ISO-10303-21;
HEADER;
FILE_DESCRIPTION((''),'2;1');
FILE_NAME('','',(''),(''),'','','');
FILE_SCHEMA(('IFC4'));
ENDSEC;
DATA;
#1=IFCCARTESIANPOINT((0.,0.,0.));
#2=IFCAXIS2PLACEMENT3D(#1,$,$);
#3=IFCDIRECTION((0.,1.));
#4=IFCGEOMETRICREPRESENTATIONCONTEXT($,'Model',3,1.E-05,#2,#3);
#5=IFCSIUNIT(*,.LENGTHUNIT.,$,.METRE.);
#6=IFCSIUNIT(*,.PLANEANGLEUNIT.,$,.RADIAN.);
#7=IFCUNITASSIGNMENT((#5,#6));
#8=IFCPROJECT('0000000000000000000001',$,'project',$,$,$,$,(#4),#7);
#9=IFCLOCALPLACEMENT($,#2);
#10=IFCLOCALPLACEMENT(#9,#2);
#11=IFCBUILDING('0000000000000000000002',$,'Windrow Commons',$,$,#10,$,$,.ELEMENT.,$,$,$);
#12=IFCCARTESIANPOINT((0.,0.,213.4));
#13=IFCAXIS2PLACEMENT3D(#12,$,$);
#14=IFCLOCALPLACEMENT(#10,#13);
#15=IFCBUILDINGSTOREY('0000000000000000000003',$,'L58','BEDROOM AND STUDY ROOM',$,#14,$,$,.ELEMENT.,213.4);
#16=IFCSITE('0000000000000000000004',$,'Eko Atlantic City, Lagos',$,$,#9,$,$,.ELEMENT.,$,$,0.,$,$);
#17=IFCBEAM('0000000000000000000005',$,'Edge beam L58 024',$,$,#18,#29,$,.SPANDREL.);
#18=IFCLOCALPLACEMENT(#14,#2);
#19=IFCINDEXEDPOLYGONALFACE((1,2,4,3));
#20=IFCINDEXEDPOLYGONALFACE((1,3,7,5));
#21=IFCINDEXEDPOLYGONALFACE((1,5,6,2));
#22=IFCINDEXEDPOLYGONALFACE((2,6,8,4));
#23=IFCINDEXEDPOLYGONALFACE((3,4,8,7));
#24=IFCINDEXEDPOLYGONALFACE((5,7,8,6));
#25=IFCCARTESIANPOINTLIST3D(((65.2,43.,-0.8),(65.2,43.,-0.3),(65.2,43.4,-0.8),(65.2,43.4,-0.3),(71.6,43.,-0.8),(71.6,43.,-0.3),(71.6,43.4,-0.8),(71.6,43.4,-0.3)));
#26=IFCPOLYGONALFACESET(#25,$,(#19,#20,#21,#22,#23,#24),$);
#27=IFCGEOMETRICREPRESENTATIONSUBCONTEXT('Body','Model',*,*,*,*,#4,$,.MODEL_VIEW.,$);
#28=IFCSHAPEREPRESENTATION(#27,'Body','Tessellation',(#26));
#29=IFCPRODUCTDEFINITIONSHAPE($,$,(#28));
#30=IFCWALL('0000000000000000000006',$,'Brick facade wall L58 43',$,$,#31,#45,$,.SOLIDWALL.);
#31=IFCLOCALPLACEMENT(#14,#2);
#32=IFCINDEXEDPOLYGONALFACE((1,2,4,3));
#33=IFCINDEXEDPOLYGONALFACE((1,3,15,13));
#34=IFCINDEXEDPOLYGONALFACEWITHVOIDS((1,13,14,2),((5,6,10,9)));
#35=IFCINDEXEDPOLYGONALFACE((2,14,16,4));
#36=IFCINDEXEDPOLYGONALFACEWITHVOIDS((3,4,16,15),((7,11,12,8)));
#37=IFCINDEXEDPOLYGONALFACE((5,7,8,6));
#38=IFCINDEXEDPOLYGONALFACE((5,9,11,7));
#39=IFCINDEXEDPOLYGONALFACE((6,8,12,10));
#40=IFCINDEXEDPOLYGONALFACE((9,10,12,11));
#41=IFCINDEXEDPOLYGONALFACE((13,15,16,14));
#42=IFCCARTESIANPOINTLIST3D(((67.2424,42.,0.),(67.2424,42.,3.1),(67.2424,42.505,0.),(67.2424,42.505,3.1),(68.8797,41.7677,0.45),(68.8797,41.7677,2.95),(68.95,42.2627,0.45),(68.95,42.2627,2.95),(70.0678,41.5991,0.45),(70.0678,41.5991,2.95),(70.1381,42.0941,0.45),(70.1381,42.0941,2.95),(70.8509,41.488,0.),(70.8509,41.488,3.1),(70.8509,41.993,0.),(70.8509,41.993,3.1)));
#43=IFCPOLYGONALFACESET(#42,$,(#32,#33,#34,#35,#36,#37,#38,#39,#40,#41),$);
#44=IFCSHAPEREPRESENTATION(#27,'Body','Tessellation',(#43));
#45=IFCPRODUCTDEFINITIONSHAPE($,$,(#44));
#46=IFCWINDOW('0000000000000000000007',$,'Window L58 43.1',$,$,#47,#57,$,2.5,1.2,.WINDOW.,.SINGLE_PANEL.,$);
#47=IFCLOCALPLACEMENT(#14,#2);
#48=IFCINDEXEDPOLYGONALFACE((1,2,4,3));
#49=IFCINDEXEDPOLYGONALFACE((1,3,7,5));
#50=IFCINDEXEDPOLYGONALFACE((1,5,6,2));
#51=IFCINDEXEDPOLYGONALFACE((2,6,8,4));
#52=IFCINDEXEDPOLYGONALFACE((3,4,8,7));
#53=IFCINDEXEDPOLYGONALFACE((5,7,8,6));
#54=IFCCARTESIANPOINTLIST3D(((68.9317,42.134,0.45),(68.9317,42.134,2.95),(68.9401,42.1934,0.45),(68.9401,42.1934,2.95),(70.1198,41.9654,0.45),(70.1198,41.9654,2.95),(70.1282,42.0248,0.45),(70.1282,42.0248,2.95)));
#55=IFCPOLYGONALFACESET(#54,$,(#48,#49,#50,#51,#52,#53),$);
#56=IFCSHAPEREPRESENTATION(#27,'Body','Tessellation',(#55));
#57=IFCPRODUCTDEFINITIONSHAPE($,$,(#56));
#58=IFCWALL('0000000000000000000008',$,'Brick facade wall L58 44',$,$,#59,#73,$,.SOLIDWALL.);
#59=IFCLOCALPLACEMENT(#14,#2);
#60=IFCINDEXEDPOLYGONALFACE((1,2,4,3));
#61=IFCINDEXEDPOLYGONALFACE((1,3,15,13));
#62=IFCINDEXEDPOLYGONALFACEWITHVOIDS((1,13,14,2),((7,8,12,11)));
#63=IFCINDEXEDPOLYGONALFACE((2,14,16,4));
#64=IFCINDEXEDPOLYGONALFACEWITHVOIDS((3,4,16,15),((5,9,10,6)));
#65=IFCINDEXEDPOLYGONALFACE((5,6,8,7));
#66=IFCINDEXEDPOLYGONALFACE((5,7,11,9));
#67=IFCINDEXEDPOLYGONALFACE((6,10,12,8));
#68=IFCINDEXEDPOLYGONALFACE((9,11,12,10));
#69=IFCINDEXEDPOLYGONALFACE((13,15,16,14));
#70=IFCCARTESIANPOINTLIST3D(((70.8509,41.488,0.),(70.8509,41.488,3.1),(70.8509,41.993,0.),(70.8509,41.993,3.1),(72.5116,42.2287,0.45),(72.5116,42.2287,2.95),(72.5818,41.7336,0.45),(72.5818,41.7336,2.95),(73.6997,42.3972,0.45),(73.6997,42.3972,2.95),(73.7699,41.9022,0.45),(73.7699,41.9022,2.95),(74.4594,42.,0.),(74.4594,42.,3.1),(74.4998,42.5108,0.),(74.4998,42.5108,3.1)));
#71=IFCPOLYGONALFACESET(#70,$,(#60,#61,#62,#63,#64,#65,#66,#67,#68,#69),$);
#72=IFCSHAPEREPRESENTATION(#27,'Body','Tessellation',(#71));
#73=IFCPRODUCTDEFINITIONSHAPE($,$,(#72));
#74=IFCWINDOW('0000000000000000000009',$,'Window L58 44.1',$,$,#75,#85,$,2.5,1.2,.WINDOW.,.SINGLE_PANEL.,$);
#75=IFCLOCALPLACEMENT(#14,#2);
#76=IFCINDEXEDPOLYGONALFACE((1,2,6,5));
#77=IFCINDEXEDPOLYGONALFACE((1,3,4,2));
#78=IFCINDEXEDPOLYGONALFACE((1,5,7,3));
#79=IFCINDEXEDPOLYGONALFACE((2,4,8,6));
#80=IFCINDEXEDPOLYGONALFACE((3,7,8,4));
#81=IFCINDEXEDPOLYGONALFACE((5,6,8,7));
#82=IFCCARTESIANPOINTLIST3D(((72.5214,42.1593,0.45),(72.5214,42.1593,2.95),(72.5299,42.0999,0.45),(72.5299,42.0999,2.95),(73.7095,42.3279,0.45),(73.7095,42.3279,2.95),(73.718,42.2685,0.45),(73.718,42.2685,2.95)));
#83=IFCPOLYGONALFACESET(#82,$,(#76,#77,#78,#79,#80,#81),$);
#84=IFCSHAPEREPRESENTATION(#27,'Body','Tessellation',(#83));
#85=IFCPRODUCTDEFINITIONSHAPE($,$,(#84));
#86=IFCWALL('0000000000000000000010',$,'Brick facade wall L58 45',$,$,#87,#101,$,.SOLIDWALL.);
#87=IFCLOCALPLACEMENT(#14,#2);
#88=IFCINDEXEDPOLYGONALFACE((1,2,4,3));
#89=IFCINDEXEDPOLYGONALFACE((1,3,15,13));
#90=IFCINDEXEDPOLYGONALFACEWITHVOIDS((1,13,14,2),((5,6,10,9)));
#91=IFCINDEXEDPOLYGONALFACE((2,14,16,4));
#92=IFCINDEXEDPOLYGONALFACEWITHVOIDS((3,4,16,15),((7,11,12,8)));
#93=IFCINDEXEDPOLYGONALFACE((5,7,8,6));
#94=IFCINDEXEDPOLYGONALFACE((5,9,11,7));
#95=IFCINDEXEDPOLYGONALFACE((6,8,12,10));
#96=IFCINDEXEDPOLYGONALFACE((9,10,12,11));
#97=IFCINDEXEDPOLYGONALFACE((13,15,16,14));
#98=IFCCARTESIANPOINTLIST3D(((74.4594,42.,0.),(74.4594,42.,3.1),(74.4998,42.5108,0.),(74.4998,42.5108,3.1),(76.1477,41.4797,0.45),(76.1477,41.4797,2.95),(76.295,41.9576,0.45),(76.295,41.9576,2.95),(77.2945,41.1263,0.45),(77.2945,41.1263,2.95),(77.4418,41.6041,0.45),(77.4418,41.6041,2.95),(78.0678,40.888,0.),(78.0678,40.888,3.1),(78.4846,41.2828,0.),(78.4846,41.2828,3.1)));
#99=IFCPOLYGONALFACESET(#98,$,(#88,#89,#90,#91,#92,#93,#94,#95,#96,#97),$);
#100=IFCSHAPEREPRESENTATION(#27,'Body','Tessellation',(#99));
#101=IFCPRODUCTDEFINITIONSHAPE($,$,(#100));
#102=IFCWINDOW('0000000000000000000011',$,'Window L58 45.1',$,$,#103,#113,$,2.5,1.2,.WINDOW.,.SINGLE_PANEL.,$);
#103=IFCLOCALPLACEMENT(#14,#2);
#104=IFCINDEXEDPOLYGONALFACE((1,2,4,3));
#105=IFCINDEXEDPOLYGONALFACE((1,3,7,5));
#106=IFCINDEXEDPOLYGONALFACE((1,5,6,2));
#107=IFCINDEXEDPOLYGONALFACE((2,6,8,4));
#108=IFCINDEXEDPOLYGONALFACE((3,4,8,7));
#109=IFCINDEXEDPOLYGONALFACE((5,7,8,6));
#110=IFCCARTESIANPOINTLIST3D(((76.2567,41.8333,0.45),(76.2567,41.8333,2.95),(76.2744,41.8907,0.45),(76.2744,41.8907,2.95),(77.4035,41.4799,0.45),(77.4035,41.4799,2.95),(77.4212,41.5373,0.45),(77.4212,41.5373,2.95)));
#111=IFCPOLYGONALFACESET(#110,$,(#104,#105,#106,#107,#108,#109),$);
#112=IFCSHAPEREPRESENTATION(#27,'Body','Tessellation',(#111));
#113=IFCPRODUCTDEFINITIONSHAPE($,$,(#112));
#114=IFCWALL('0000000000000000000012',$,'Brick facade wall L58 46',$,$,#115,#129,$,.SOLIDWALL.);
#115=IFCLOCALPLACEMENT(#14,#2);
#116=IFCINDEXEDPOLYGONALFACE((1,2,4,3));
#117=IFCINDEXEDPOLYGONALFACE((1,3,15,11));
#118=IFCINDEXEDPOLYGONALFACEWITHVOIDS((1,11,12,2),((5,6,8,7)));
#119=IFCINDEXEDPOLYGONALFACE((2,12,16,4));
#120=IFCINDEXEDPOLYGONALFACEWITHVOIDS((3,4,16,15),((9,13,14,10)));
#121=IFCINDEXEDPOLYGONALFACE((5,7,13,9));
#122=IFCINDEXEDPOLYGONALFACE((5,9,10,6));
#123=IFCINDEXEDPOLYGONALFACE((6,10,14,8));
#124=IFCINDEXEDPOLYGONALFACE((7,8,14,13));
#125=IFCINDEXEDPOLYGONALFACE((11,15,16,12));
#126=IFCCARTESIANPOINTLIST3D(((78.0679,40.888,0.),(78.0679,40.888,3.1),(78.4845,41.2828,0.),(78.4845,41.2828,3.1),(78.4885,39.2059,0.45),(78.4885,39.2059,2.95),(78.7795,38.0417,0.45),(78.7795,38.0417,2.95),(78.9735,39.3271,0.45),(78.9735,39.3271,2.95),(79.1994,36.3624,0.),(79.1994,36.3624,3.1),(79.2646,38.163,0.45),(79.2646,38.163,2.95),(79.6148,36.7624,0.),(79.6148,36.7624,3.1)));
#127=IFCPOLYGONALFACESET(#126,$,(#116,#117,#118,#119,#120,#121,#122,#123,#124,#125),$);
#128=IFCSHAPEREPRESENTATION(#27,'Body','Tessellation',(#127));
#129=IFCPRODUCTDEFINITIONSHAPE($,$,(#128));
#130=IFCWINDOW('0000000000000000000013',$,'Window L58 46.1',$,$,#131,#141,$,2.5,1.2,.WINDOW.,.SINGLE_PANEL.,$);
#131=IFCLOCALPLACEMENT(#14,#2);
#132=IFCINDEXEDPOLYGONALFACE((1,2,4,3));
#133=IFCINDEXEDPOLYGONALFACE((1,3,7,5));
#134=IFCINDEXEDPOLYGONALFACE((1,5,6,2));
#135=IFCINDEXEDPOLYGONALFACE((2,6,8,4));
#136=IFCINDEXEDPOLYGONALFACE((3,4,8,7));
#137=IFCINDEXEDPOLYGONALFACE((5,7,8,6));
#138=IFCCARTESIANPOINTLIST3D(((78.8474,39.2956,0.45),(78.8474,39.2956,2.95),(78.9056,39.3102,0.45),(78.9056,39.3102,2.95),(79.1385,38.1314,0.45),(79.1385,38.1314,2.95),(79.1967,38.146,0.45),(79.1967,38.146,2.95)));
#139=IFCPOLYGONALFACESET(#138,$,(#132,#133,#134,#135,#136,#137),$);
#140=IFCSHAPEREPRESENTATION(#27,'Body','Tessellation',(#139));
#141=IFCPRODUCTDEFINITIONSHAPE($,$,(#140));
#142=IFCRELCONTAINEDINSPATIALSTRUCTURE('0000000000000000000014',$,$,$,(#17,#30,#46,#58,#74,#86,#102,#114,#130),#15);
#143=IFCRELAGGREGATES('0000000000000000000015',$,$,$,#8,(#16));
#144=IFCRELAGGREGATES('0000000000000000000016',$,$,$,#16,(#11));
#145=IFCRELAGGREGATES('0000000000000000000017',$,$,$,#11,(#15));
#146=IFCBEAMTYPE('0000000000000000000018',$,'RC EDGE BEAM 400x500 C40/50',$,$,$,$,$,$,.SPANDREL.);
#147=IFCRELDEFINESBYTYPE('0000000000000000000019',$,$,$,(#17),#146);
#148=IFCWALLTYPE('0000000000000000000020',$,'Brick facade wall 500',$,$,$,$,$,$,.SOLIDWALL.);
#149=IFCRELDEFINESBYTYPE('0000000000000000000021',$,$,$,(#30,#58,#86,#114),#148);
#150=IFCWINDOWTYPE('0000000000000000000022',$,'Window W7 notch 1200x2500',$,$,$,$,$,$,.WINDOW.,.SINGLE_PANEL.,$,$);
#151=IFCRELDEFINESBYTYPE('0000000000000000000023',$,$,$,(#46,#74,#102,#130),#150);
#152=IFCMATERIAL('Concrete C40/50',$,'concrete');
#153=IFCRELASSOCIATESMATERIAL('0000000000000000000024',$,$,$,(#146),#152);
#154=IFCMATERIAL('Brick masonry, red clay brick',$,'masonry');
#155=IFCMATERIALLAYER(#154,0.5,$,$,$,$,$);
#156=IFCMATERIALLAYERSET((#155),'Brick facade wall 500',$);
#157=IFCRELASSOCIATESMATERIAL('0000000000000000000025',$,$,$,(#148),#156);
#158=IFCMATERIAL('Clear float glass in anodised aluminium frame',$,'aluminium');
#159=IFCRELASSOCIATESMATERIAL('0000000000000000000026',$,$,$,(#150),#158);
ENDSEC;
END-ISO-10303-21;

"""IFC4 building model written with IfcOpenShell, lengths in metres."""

from ifc_helpers import new_model, si_unit, direction, frame, frame_2d, origin, origin_2d, place, context, subcontext, project, spatial, polyline, rectangle, outline, extrude, material, layer, layer_set, material_profile, profile_set, type_object, element, fill, save


model = new_model("IFC4")

# Units and contexts
model_context = context("Model", 3, precision=1e-05, world=origin(), true_north=direction((0.0, 1.0)))
body_context = subcontext(model_context, "Body", "Model", "MODEL_VIEW")
ifc_project = project(units=[si_unit("LENGTHUNIT", "METRE"), si_unit("PLANEANGLEUNIT", "RADIAN")], contexts=[model_context])

# Site, building, storey
site_placement = place(None, origin())
site = spatial("IfcSite", under=ifc_project, at=site_placement, Name="Eko Atlantic City, Lagos", CompositionType="ELEMENT", RefElevation=0.0)
building_placement = place(site_placement, origin())
building = spatial("IfcBuilding", under=site, at=building_placement, Name="Windrow Commons", CompositionType="ELEMENT")
storey_placement = place(building_placement, frame((0.0, 0.0, 213.4)))
storey = spatial("IfcBuildingStorey", under=building, at=storey_placement, Name="L58", Description="BEDROOM AND STUDY ROOM", CompositionType="ELEMENT", Elevation=213.4)

# Beam
ifc_material_1 = material(Name="Concrete C40/50", Category="concrete")
ifc_material_profile = material_profile(ifc_material_1, rectangle(XDim=0.4, YDim=0.5, at=origin_2d()))
ifc_profile_set = profile_set([ifc_material_profile], Name="Concrete C40/50")
beam_type = type_object("IfcBeamType", Name="RC EDGE BEAM 400x500 C40/50", PredefinedType="SPANDREL", material=ifc_profile_set)
beam_placement = place(storey_placement, frame((71.6, 43.2, -0.55), z_axis=(-1.0, 0.0, 0.0), x_axis=(0.0, -1.0, 0.0)))
element("IfcBeam", 1, at=beam_placement, inside=storey, type_object=beam_type, Name="Edge beam L58 024", PredefinedType="SPANDREL", context=body_context, shape_type="SweptSolid", body=[
    extrude(rectangle(XDim=0.4, YDim=0.5, at=origin_2d()), origin(), (0.0, 0.0, 1.0), 6.4),
])

# Walls, openings, windows
ifc_material_2 = material(Name="Brick masonry, red clay brick", Category="masonry")
ifc_layer_1 = layer(ifc_material_2, 0.5)
ifc_layer_set_1 = layer_set([ifc_layer_1], Name="Brick facade wall 500")
wall_type_1 = type_object("IfcWallType", Name="Brick facade wall 500", PredefinedType="SOLIDWALL", material=ifc_layer_set_1)
wall_1_placement = place(storey_placement, frame((67.2424, 42.2525, 0.0), z_axis=(0.0, 0.0, 1.0), x_axis=(0.990083, -0.14048, 0.0)))
wall_1 = element("IfcWall", 2, at=wall_1_placement, inside=storey, type_object=wall_type_1, Name="Brick facade wall L58 43", PredefinedType="SOLIDWALL", context=body_context, shape_type="SweptSolid", body=[
    extrude(outline(polyline([(0.0355, -0.25), (3.6801, -0.25), (3.6092, 0.25), (-0.0355, 0.25), (0.0355, -0.25)])), origin(), (0.0, 0.0, 1.0), 3.1),
])
opening_1_placement = place(wall_1_placement, frame((1.6892, 0.0, 0.45)))
opening_1 = element("IfcOpeningElement", 3, at=opening_1_placement, cuts=wall_1, PredefinedType="OPENING", context=body_context, shape_type="SweptSolid", body=[
    extrude(rectangle(XDim=1.2, YDim=2.5, at=frame_2d((0.6, 1.25))), frame((0.0, 0.26, 0.0), z_axis=(0.0, -1.0, 0.0), x_axis=(1.0, 0.0, 0.0)), (0.0, 0.0, 1.0), 0.52),
])
ifc_material_3 = material(Name="Clear float glass in anodised aluminium frame", Category="aluminium")
window_type_1 = type_object("IfcWindowType", Name="Window W7 notch 1200x2500", PartitioningType="SINGLE_PANEL", PredefinedType="WINDOW", material=ifc_material_3)
window_1_placement = place(opening_1_placement, origin())
window_1 = element("IfcWindow", 4, at=window_1_placement, inside=storey, type_object=window_type_1, Name="Window L58 43.1", OverallHeight=2.5, OverallWidth=1.2, PartitioningType="SINGLE_PANEL", PredefinedType="WINDOW", context=body_context, shape_type="SweptSolid", body=[
    extrude(rectangle(XDim=1.2, YDim=2.5, at=frame_2d((0.6, 1.25))), frame((0.0, 0.18, 0.0), z_axis=(0.0, -1.0, 0.0), x_axis=(1.0, 0.0, 0.0)), (0.0, 0.0, 1.0), 0.06),
])
fill(opening_1, window_1)
wall_2_placement = place(storey_placement, frame((70.8509, 41.7405, 0.0), z_axis=(0.0, 0.0, 1.0), x_axis=(0.990082, 0.140489, 0.0)))
wall_2 = element("IfcWall", 5, at=wall_2_placement, inside=storey, type_object=wall_type_1, Name="Brick facade wall L58 44", PredefinedType="SOLIDWALL", context=body_context, shape_type="SweptSolid", body=[
    extrude(outline(polyline([(-0.0355, -0.25), (3.6092, -0.25), (3.7209, 0.25), (0.0355, 0.25), (-0.0355, -0.25)])), origin(), (0.0, 0.0, 1.0), 3.1),
])
opening_2_placement = place(wall_2_placement, frame((1.7128, 0.0, 0.45)))
opening_2 = element("IfcOpeningElement", 6, at=opening_2_placement, cuts=wall_2, PredefinedType="OPENING", context=body_context, shape_type="SweptSolid", body=[
    extrude(rectangle(XDim=1.2, YDim=2.5, at=frame_2d((0.6, 1.25))), frame((0.0, 0.26, 0.0), z_axis=(0.0, -1.0, 0.0), x_axis=(1.0, 0.0, 0.0)), (0.0, 0.0, 1.0), 0.52),
])
window_2_placement = place(opening_2_placement, origin())
window_2 = element("IfcWindow", 7, at=window_2_placement, inside=storey, type_object=window_type_1, Name="Window L58 44.1", OverallHeight=2.5, OverallWidth=1.2, PartitioningType="SINGLE_PANEL", PredefinedType="WINDOW", context=body_context, shape_type="SweptSolid", body=[
    extrude(rectangle(XDim=1.2, YDim=2.5, at=frame_2d((0.6, 1.25))), frame((0.0, 0.18, 0.0), z_axis=(0.0, -1.0, 0.0), x_axis=(1.0, 0.0, 0.0)), (0.0, 0.0, 1.0), 0.06),
])
fill(opening_2, window_2)
wall_3_placement = place(storey_placement, frame((74.4796, 42.2554, 0.0), z_axis=(0.0, 0.0, 1.0), x_axis=(0.95565, -0.294503, 0.0)))
wall_3 = element("IfcWall", 8, at=wall_3_placement, inside=storey, type_object=wall_type_1, Name="Brick facade wall L58 45", PredefinedType="SOLIDWALL", context=body_context, shape_type="SweptSolid", body=[
    extrude(outline(polyline([(0.0559, -0.25), (3.8318, -0.25), (4.1138, 0.25), (-0.0559, 0.25), (0.0559, -0.25)])), origin(), (0.0, 0.0, 1.0), 3.1),
])
opening_3_placement = place(wall_3_placement, frame((1.8226, 0.0, 0.45)))
opening_3 = element("IfcOpeningElement", 9, at=opening_3_placement, cuts=wall_3, PredefinedType="OPENING", context=body_context, shape_type="SweptSolid", body=[
    extrude(rectangle(XDim=1.2, YDim=2.5, at=frame_2d((0.6, 1.25))), frame((0.0, 0.26, 0.0), z_axis=(0.0, -1.0, 0.0), x_axis=(1.0, 0.0, 0.0)), (0.0, 0.0, 1.0), 0.52),
])
window_3_placement = place(opening_3_placement, origin())
window_3 = element("IfcWindow", 10, at=window_3_placement, inside=storey, type_object=window_type_1, Name="Window L58 45.1", OverallHeight=2.5, OverallWidth=1.2, PartitioningType="SINGLE_PANEL", PredefinedType="WINDOW", context=body_context, shape_type="SweptSolid", body=[
    extrude(rectangle(XDim=1.2, YDim=2.5, at=frame_2d((0.6, 1.25))), frame((0.0, 0.18, 0.0), z_axis=(0.0, -1.0, 0.0), x_axis=(1.0, 0.0, 0.0)), (0.0, 0.0, 1.0), 0.06),
])
fill(opening_3, window_3)
wall_4_placement = place(storey_placement, frame((78.2762, 41.0854, 0.0), z_axis=(0.0, 0.0, 1.0), x_axis=(0.242566, -0.970135, 0.0)))
wall_4 = element("IfcWall", 11, at=wall_4_placement, inside=storey, type_object=wall_type_1, Name="Brick facade wall L58 46", PredefinedType="SOLIDWALL", context=body_context, shape_type="SweptSolid", body=[
    extrude(outline(polyline([(0.141, -0.25), (4.8059, -0.25), (4.5186, 0.25), (-0.141, 0.25), (0.141, -0.25)])), origin(), (0.0, 0.0, 1.0), 3.1),
])
opening_4_placement = place(wall_4_placement, frame((1.8749, 0.0, 0.45)))
opening_4 = element("IfcOpeningElement", 12, at=opening_4_placement, cuts=wall_4, PredefinedType="OPENING", context=body_context, shape_type="SweptSolid", body=[
    extrude(rectangle(XDim=1.2, YDim=2.5, at=frame_2d((0.6, 1.25))), frame((0.0, 0.26, 0.0), z_axis=(0.0, -1.0, 0.0), x_axis=(1.0, 0.0, 0.0)), (0.0, 0.0, 1.0), 0.52),
])
window_4_placement = place(opening_4_placement, origin())
window_4 = element("IfcWindow", 13, at=window_4_placement, inside=storey, type_object=window_type_1, Name="Window L58 46.1", OverallHeight=2.5, OverallWidth=1.2, PartitioningType="SINGLE_PANEL", PredefinedType="WINDOW", context=body_context, shape_type="SweptSolid", body=[
    extrude(rectangle(XDim=1.2, YDim=2.5, at=frame_2d((0.6, 1.25))), frame((0.0, 0.18, 0.0), z_axis=(0.0, -1.0, 0.0), x_axis=(1.0, 0.0, 0.0)), (0.0, 0.0, 1.0), 0.06),
])
fill(opening_4, window_4)

save(model, "model.ifc")
